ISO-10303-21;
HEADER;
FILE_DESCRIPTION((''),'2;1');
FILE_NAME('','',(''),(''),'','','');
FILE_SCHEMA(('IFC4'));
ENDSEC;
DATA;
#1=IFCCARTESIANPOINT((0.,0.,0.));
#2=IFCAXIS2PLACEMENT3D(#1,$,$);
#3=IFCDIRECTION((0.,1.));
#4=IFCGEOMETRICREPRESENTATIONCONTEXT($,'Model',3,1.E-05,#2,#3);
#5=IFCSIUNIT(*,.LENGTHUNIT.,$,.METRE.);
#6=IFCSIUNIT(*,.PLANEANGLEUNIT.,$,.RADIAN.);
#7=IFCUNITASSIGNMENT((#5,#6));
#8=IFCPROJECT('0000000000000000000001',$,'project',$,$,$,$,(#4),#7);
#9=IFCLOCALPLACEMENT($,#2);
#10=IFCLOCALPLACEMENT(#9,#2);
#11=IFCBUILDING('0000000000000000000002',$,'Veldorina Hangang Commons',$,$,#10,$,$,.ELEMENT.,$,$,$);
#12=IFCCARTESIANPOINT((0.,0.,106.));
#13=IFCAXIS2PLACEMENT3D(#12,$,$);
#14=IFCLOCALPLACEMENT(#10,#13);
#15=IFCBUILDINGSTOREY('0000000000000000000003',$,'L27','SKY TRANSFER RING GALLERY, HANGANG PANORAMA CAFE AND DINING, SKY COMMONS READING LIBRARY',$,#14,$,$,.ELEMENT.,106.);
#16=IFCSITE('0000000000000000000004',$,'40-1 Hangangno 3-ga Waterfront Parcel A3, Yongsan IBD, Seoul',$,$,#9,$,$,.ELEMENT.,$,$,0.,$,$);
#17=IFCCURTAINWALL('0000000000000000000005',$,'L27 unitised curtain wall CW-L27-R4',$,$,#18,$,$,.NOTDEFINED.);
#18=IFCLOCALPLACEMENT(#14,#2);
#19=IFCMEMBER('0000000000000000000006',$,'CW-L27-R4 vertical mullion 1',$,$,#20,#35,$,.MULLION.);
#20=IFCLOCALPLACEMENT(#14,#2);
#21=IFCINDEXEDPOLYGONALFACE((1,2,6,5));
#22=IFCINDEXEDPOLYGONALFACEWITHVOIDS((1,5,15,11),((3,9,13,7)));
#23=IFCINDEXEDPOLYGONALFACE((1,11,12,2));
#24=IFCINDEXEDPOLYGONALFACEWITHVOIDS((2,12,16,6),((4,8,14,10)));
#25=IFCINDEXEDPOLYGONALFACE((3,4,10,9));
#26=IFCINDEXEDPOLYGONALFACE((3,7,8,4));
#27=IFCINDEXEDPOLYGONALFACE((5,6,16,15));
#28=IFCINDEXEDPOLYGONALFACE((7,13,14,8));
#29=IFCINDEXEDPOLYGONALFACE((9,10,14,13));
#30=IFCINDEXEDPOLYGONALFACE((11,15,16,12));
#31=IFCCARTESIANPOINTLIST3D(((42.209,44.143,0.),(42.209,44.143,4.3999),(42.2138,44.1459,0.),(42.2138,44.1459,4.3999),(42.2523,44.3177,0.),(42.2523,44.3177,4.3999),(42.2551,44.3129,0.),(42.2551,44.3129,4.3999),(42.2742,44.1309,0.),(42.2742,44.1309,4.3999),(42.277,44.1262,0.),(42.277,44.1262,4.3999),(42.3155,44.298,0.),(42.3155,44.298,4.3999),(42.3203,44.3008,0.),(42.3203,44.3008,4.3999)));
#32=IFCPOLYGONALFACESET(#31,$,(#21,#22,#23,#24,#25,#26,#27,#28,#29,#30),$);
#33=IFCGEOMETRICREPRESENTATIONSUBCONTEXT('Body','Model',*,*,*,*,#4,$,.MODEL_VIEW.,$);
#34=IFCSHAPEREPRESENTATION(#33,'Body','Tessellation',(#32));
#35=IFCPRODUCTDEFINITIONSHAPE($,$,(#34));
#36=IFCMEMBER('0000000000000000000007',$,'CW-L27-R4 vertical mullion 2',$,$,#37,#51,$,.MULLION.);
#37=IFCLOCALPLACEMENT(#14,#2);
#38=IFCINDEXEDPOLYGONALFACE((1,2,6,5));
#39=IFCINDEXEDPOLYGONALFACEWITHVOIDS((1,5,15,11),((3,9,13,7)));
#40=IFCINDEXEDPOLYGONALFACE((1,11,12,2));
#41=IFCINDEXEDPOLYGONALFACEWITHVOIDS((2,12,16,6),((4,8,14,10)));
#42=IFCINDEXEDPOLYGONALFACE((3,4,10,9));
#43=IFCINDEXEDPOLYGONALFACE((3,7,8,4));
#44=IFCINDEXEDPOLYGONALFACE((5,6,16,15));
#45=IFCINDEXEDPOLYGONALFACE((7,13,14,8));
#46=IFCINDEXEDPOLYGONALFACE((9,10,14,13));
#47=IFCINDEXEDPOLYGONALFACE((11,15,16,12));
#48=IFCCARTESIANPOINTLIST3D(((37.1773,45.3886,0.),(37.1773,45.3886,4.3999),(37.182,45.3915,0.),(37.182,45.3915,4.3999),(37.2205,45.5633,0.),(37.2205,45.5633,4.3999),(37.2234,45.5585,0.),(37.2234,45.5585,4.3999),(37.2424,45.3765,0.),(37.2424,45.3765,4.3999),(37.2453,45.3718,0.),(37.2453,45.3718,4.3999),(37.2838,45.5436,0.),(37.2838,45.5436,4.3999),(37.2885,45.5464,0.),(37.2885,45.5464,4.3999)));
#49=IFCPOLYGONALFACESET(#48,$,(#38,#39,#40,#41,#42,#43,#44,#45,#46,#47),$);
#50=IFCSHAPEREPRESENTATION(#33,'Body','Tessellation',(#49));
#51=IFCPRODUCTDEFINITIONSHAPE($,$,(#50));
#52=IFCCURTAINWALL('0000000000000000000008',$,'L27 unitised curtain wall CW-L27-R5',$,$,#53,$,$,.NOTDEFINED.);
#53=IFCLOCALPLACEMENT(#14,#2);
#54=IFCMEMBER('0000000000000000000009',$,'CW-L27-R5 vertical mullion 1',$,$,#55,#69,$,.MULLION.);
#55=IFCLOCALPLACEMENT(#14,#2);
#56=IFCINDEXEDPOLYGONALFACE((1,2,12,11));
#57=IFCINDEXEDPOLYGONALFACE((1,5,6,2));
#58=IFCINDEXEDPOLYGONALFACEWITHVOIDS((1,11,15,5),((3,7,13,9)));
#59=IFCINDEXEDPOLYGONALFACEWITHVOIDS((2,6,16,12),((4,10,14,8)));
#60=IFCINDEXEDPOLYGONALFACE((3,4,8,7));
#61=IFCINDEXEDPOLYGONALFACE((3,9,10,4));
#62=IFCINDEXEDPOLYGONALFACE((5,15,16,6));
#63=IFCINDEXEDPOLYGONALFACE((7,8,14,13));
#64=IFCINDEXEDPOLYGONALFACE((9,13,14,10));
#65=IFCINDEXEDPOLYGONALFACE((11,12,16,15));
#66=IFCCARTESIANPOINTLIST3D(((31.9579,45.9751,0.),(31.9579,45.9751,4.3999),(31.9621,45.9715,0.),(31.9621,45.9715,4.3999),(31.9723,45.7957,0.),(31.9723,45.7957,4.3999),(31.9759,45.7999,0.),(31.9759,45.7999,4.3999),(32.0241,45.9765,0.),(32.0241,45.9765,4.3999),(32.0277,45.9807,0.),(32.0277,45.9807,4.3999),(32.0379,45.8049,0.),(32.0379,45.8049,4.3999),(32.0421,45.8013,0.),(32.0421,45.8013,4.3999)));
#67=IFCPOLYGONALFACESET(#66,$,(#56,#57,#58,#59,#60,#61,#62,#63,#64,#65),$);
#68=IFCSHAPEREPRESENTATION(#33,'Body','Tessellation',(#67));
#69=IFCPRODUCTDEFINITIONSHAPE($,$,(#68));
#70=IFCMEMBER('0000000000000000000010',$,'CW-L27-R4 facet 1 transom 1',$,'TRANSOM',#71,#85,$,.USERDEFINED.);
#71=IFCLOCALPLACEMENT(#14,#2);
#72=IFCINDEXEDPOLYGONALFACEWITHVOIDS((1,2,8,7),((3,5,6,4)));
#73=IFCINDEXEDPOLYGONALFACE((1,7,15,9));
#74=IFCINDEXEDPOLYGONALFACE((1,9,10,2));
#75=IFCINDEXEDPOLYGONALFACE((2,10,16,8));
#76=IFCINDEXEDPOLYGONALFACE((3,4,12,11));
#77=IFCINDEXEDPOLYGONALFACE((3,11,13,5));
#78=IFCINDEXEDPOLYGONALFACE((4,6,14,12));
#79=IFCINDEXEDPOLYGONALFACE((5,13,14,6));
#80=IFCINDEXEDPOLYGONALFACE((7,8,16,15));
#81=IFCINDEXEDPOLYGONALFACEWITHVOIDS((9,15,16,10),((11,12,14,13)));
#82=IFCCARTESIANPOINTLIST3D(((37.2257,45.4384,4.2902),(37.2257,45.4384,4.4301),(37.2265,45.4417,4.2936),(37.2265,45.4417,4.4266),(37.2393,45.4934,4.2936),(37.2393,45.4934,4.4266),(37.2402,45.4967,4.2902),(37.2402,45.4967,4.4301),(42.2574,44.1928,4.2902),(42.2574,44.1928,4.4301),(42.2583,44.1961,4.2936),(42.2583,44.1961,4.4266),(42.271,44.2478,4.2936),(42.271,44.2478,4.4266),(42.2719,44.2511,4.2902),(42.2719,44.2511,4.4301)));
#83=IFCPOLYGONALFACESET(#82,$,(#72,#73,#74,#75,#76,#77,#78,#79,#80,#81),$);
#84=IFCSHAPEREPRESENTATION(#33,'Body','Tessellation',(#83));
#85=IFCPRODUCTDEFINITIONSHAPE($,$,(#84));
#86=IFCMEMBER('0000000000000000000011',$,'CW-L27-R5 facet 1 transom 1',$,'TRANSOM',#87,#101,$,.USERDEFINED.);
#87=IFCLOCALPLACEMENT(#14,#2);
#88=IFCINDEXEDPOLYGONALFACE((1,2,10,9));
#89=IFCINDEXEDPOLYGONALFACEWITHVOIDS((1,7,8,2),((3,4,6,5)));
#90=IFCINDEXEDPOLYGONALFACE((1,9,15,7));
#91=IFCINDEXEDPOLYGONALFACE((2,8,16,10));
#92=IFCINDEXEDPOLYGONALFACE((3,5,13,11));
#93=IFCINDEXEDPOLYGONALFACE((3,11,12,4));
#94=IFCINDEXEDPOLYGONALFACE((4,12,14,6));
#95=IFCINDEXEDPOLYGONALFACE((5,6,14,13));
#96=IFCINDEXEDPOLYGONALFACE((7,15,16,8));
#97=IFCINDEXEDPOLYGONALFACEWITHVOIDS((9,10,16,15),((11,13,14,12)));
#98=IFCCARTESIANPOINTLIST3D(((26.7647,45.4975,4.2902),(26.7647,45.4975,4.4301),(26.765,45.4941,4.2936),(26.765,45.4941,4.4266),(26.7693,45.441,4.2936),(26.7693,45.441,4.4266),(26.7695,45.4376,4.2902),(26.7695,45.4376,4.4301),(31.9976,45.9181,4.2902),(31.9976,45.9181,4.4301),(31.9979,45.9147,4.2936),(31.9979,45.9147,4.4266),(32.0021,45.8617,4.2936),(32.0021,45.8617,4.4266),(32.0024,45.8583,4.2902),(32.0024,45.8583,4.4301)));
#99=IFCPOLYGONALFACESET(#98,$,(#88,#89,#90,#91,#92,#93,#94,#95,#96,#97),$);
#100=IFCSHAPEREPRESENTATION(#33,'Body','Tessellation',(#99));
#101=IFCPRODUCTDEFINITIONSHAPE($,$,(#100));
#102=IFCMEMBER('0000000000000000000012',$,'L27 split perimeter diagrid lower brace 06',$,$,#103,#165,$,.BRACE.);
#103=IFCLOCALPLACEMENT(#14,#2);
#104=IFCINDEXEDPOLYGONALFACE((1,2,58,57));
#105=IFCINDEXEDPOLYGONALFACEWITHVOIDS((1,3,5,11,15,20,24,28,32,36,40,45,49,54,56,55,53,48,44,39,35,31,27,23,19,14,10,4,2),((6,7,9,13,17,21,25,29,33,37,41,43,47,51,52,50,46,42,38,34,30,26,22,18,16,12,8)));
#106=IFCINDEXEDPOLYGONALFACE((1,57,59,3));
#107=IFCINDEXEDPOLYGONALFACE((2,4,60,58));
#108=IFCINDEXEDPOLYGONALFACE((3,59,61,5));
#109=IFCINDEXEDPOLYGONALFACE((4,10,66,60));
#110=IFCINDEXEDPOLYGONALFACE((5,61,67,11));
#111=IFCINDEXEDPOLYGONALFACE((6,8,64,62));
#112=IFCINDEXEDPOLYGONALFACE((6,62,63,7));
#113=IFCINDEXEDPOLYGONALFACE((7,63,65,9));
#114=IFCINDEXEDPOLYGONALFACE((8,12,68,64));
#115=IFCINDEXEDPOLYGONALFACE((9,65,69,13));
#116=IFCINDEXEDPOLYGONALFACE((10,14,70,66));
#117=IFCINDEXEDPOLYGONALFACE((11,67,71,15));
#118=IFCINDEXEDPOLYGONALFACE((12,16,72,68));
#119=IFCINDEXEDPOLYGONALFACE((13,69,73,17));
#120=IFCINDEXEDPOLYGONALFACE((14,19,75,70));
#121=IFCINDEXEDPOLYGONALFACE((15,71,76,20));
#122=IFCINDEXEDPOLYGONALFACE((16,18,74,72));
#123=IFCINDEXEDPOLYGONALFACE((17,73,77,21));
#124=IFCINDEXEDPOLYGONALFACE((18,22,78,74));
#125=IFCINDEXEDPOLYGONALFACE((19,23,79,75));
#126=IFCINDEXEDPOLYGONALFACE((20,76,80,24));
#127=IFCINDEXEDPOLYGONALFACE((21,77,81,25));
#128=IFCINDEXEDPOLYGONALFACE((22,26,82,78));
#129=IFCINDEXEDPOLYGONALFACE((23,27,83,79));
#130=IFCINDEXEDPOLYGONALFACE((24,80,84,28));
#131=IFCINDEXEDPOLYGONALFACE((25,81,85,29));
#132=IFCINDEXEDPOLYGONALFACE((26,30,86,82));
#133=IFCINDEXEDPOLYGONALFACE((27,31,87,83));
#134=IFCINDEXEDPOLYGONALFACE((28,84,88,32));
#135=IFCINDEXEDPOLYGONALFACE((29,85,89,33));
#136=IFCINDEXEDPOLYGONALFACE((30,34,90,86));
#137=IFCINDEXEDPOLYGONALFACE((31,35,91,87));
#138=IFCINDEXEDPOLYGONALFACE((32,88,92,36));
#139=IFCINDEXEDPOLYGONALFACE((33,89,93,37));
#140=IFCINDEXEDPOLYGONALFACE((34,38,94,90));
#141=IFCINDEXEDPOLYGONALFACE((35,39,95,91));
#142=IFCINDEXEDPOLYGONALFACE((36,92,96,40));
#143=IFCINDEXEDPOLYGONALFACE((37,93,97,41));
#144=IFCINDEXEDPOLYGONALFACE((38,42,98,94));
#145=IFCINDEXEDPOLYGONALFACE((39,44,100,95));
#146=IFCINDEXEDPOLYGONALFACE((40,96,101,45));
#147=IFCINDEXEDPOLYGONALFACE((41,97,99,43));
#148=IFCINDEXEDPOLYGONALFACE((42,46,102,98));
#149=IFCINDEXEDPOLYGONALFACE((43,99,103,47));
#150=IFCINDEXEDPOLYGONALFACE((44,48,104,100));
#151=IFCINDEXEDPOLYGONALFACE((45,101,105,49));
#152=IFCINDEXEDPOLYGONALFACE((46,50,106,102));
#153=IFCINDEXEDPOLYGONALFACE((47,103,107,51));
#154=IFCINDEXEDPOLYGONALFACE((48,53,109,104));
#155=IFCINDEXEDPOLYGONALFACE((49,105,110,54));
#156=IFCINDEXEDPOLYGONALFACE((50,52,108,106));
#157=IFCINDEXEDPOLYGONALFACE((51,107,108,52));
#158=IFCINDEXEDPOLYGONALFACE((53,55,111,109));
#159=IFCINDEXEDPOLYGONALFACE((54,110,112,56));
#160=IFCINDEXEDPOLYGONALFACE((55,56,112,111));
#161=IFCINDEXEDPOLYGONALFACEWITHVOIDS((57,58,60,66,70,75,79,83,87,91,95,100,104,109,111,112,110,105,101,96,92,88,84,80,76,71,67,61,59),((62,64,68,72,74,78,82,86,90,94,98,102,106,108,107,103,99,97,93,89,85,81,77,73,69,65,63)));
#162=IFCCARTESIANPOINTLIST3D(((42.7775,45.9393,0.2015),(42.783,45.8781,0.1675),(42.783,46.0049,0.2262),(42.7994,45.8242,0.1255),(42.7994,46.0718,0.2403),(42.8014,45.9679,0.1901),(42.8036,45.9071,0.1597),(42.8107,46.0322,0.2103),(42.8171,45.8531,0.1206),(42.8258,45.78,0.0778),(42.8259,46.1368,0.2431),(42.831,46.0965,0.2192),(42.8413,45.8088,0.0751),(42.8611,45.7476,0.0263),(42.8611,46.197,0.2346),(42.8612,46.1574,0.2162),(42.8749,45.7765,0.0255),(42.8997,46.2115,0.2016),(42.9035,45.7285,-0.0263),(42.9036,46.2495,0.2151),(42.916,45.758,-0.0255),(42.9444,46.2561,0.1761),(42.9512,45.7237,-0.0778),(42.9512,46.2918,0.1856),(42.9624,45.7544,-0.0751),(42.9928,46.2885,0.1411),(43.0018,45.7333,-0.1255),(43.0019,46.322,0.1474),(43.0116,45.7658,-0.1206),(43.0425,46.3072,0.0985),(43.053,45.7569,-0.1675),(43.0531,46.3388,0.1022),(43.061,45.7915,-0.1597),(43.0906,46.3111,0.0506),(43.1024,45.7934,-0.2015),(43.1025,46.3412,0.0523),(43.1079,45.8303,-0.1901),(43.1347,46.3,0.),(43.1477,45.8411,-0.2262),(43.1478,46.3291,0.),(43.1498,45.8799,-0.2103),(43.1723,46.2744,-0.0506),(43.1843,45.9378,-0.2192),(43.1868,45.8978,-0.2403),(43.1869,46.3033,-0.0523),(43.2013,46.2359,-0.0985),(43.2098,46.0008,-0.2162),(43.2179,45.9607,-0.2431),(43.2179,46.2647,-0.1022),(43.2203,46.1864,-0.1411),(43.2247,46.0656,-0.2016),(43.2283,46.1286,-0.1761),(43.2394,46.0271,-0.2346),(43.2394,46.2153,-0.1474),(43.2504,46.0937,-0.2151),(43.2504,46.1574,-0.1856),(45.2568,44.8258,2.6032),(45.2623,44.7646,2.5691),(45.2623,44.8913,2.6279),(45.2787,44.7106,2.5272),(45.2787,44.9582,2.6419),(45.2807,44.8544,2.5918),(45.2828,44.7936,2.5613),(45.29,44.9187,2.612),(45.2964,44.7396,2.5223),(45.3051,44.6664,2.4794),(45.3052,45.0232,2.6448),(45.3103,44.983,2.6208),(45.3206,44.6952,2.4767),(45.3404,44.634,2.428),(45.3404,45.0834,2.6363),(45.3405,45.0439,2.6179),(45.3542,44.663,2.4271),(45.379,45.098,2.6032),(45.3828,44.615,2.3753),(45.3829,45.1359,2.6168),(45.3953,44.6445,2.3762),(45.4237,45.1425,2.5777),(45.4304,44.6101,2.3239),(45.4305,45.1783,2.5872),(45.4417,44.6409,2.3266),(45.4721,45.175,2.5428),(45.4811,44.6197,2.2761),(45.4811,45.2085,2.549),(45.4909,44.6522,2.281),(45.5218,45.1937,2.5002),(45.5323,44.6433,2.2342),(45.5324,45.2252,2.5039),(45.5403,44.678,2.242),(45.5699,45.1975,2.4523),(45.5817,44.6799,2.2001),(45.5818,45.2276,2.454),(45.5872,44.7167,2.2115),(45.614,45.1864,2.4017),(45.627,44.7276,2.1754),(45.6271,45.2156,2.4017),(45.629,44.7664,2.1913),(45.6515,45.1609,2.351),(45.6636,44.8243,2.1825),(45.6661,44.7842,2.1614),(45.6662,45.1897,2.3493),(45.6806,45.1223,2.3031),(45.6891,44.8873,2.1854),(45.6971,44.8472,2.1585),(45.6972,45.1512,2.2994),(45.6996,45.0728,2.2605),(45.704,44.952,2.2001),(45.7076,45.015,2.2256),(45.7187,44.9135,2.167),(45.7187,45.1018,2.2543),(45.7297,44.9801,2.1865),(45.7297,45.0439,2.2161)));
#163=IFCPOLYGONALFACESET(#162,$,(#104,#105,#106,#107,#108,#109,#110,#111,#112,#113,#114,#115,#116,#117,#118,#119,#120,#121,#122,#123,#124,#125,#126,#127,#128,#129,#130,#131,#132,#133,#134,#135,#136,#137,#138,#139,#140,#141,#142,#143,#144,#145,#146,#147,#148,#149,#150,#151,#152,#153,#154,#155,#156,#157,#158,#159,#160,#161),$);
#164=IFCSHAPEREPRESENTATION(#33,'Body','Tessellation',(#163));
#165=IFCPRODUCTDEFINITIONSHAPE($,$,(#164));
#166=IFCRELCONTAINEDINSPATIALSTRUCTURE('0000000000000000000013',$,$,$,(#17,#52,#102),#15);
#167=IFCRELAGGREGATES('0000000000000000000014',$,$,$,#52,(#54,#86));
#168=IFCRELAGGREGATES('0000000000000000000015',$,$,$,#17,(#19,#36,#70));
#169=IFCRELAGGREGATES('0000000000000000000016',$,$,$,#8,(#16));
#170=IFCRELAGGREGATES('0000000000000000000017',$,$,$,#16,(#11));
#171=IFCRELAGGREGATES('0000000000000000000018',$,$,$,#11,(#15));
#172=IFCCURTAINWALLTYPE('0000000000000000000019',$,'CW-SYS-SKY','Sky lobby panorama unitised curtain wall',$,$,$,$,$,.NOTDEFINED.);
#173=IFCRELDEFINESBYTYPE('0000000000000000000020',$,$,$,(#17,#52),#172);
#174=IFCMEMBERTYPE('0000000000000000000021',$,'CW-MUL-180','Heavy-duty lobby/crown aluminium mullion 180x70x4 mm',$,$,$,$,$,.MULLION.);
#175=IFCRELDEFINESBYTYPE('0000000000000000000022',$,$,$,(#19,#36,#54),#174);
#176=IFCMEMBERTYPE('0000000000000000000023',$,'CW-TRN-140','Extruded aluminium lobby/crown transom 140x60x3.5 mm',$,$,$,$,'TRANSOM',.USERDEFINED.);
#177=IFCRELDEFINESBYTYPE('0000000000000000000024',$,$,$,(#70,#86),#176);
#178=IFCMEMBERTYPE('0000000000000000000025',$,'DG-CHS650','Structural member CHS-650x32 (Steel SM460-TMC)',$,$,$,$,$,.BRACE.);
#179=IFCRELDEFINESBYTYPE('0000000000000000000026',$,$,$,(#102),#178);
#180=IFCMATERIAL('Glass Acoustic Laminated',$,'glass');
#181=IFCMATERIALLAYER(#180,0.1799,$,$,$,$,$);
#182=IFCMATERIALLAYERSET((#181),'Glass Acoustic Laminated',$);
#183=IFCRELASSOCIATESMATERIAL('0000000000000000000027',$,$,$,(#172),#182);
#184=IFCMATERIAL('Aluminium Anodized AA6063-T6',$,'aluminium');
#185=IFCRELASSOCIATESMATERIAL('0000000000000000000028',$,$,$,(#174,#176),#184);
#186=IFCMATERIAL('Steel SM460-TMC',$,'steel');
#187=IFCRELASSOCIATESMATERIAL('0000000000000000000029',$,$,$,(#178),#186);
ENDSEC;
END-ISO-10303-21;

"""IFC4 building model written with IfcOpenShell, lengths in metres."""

from ifc_helpers import new_model, si_unit, direction, frame, origin, origin_2d, place, context, subcontext, project, spatial, hollow_rectangle, hollow_circle, extrude, material, layer, layer_set, material_profile, profile_set, type_object, element, aggregate, save


model = new_model("IFC4")

# Units and contexts
model_context = context("Model", 3, precision=1e-05, world=origin(), true_north=direction((0.0, 1.0)))
body_context = subcontext(model_context, "Body", "Model", "MODEL_VIEW")
ifc_project = project(units=[si_unit("LENGTHUNIT", "METRE"), si_unit("PLANEANGLEUNIT", "RADIAN")], contexts=[model_context])

# Site, building, storey
site_placement = place(None, origin())
site = spatial("IfcSite", under=ifc_project, at=site_placement, Name="40-1 Hangangno 3-ga Waterfront Parcel A3, Yongsan IBD, Seoul", CompositionType="ELEMENT", RefElevation=0.0)
building_placement = place(site_placement, origin())
building = spatial("IfcBuilding", under=site, at=building_placement, Name="Veldorina Hangang Commons", CompositionType="ELEMENT")
storey_placement = place(building_placement, frame((0.0, 0.0, 106.0)))
storey = spatial("IfcBuildingStorey", under=building, at=storey_placement, Name="L27", Description="SKY TRANSFER RING GALLERY, HANGANG PANORAMA CAFE AND DINING, SKY COMMONS READING LIBRARY", CompositionType="ELEMENT", Elevation=106.0)

# Curtain wall, members
ifc_material_1 = material(Name="Glass Acoustic Laminated", Category="glass")
ifc_layer_1 = layer(ifc_material_1, 0.1799)
ifc_layer_set_1 = layer_set([ifc_layer_1], Name="Glass Acoustic Laminated")
curtain_wall_type = type_object("IfcCurtainWallType", Name="CW-SYS-SKY", Description="Sky lobby panorama unitised curtain wall", PredefinedType="NOTDEFINED", material=ifc_layer_set_1)
curtain_wall_1_placement = place(storey_placement, origin())
curtain_wall_1 = element("IfcCurtainWall", 1, at=curtain_wall_1_placement, inside=storey, type_object=curtain_wall_type, Name="L27 unitised curtain wall CW-L27-R4", PredefinedType="NOTDEFINED")
ifc_material_2 = material(Name="Aluminium Anodized AA6063-T6", Category="aluminium")
ifc_material_profile_1 = material_profile(ifc_material_2, hollow_rectangle(XDim=0.0701, YDim=0.1799, WallThickness=0.0039, at=origin_2d()), Name="ALU-RHS-180x70x4")
ifc_profile_set_1 = profile_set([ifc_material_profile_1], Name="Aluminium Anodized AA6063-T6")
member_type_1 = type_object("IfcMemberType", Name="CW-MUL-180", Description="Heavy-duty lobby/crown aluminium mullion 180x70x4 mm", PredefinedType="MULLION", material=ifc_profile_set_1)
member_1_placement = place(storey_placement, frame((42.2646, 44.2219, 0.0), z_axis=(0.0, 0.0, 1.0), x_axis=(-0.970704, 0.240279, 0.0)))
member_1 = element("IfcMember", 2, at=member_1_placement, type_object=member_type_1, Name="CW-L27-R4 vertical mullion 1", PredefinedType="MULLION", context=body_context, shape_type="SweptSolid", body=[
    extrude(hollow_rectangle(XDim=0.0701, YDim=0.1799, WallThickness=0.0039, at=origin_2d()), origin(), (0.0, 0.0, 1.0), 4.3999),
])
member_2_placement = place(storey_placement, frame((37.2329, 45.4675, 0.0), z_axis=(0.0, 0.0, 1.0), x_axis=(0.970704, -0.240279, 0.0)))
member_2 = element("IfcMember", 3, at=member_2_placement, type_object=member_type_1, Name="CW-L27-R4 vertical mullion 2", PredefinedType="MULLION", context=body_context, shape_type="SweptSolid", body=[
    extrude(hollow_rectangle(XDim=0.0701, YDim=0.1799, WallThickness=0.0039, at=origin_2d()), origin(), (0.0, 0.0, 1.0), 4.3999),
])

# Curtain wall, member
curtain_wall_2_placement = place(storey_placement, origin())
curtain_wall_2 = element("IfcCurtainWall", 4, at=curtain_wall_2_placement, inside=storey, type_object=curtain_wall_type, Name="L27 unitised curtain wall CW-L27-R5", PredefinedType="NOTDEFINED")
member_3_placement = place(storey_placement, frame((32.0, 45.8882, 0.0), z_axis=(0.0, 0.0, 1.0), x_axis=(-0.996786, -0.080112, 0.0)))
member_3 = element("IfcMember", 5, at=member_3_placement, type_object=member_type_1, Name="CW-L27-R5 vertical mullion 1", PredefinedType="MULLION", context=body_context, shape_type="SweptSolid", body=[
    extrude(hollow_rectangle(XDim=0.0701, YDim=0.1799, WallThickness=0.0039, at=origin_2d()), origin(), (0.0, 0.0, 1.0), 4.3999),
])

# Members
ifc_material_profile_2 = material_profile(ifc_material_2, hollow_rectangle(XDim=0.0601, YDim=0.1399, WallThickness=0.0034, at=origin_2d()), Name="ALU-RHS-140x60x3.5")
ifc_profile_set_2 = profile_set([ifc_material_profile_2], Name="Aluminium Anodized AA6063-T6")
member_type_2 = type_object("IfcMemberType", Name="CW-TRN-140", Description="Extruded aluminium lobby/crown transom 140x60x3.5 mm", ElementType="TRANSOM", PredefinedType="USERDEFINED", material=ifc_profile_set_2)
member_4_placement = place(storey_placement, frame((42.2646, 44.2219, 4.3601), z_axis=(-0.9707, 0.240296, 0.0), x_axis=(-0.240296, -0.9707, 0.0)))
member_4 = element("IfcMember", 6, at=member_4_placement, type_object=member_type_2, Name="CW-L27-R4 facet 1 transom 1", ObjectType="TRANSOM", PredefinedType="USERDEFINED", context=body_context, shape_type="SweptSolid", body=[
    extrude(hollow_rectangle(XDim=0.0601, YDim=0.1399, WallThickness=0.0034, at=origin_2d()), origin(), (0.0, 0.0, 1.0), 5.1836),
])
member_5_placement = place(storey_placement, frame((32.0, 45.8882, 4.3601), z_axis=(-0.996785, -0.080128, 0.0), x_axis=(0.080128, -0.996785, 0.0)))
member_5 = element("IfcMember", 7, at=member_5_placement, type_object=member_type_2, Name="CW-L27-R5 facet 1 transom 1", ObjectType="TRANSOM", PredefinedType="USERDEFINED", context=body_context, shape_type="SweptSolid", body=[
    extrude(hollow_rectangle(XDim=0.0601, YDim=0.1399, WallThickness=0.0034, at=origin_2d()), origin(), (0.0, 0.0, 1.0), 5.2498),
])
aggregate(curtain_wall_2, [member_3, member_5])

# Member
ifc_material_3 = material(Name="Steel SM460-TMC", Category="steel")
ifc_material_profile_3 = material_profile(ifc_material_3, hollow_circle(Radius=0.325, WallThickness=0.032, at=origin_2d()), Name="CHS-650x32")
ifc_profile_set_3 = profile_set([ifc_material_profile_3], Name="Steel SM460-TMC")
member_type_3 = type_object("IfcMemberType", Name="DG-CHS650", Description="Structural member CHS-650x32 (Steel SM460-TMC)", PredefinedType="BRACE", material=ifc_profile_set_3)
member_6_placement = place(storey_placement, frame((43.0146, 46.0327, 0.0), z_axis=(0.683574, -0.307019, 0.662168), x_axis=(0.409711, 0.912215, 0.0)))
element("IfcMember", 8, at=member_6_placement, inside=storey, type_object=member_type_3, Name="L27 split perimeter diagrid lower brace 06", PredefinedType="BRACE", context=body_context, shape_type="SweptSolid", body=[
    extrude(hollow_circle(Radius=0.325, WallThickness=0.032, at=origin_2d()), origin(), (0.0, 0.0, 1.0), 3.627),
])

aggregate(curtain_wall_1, [member_1, member_2, member_4])

save(model, "model.ifc")
